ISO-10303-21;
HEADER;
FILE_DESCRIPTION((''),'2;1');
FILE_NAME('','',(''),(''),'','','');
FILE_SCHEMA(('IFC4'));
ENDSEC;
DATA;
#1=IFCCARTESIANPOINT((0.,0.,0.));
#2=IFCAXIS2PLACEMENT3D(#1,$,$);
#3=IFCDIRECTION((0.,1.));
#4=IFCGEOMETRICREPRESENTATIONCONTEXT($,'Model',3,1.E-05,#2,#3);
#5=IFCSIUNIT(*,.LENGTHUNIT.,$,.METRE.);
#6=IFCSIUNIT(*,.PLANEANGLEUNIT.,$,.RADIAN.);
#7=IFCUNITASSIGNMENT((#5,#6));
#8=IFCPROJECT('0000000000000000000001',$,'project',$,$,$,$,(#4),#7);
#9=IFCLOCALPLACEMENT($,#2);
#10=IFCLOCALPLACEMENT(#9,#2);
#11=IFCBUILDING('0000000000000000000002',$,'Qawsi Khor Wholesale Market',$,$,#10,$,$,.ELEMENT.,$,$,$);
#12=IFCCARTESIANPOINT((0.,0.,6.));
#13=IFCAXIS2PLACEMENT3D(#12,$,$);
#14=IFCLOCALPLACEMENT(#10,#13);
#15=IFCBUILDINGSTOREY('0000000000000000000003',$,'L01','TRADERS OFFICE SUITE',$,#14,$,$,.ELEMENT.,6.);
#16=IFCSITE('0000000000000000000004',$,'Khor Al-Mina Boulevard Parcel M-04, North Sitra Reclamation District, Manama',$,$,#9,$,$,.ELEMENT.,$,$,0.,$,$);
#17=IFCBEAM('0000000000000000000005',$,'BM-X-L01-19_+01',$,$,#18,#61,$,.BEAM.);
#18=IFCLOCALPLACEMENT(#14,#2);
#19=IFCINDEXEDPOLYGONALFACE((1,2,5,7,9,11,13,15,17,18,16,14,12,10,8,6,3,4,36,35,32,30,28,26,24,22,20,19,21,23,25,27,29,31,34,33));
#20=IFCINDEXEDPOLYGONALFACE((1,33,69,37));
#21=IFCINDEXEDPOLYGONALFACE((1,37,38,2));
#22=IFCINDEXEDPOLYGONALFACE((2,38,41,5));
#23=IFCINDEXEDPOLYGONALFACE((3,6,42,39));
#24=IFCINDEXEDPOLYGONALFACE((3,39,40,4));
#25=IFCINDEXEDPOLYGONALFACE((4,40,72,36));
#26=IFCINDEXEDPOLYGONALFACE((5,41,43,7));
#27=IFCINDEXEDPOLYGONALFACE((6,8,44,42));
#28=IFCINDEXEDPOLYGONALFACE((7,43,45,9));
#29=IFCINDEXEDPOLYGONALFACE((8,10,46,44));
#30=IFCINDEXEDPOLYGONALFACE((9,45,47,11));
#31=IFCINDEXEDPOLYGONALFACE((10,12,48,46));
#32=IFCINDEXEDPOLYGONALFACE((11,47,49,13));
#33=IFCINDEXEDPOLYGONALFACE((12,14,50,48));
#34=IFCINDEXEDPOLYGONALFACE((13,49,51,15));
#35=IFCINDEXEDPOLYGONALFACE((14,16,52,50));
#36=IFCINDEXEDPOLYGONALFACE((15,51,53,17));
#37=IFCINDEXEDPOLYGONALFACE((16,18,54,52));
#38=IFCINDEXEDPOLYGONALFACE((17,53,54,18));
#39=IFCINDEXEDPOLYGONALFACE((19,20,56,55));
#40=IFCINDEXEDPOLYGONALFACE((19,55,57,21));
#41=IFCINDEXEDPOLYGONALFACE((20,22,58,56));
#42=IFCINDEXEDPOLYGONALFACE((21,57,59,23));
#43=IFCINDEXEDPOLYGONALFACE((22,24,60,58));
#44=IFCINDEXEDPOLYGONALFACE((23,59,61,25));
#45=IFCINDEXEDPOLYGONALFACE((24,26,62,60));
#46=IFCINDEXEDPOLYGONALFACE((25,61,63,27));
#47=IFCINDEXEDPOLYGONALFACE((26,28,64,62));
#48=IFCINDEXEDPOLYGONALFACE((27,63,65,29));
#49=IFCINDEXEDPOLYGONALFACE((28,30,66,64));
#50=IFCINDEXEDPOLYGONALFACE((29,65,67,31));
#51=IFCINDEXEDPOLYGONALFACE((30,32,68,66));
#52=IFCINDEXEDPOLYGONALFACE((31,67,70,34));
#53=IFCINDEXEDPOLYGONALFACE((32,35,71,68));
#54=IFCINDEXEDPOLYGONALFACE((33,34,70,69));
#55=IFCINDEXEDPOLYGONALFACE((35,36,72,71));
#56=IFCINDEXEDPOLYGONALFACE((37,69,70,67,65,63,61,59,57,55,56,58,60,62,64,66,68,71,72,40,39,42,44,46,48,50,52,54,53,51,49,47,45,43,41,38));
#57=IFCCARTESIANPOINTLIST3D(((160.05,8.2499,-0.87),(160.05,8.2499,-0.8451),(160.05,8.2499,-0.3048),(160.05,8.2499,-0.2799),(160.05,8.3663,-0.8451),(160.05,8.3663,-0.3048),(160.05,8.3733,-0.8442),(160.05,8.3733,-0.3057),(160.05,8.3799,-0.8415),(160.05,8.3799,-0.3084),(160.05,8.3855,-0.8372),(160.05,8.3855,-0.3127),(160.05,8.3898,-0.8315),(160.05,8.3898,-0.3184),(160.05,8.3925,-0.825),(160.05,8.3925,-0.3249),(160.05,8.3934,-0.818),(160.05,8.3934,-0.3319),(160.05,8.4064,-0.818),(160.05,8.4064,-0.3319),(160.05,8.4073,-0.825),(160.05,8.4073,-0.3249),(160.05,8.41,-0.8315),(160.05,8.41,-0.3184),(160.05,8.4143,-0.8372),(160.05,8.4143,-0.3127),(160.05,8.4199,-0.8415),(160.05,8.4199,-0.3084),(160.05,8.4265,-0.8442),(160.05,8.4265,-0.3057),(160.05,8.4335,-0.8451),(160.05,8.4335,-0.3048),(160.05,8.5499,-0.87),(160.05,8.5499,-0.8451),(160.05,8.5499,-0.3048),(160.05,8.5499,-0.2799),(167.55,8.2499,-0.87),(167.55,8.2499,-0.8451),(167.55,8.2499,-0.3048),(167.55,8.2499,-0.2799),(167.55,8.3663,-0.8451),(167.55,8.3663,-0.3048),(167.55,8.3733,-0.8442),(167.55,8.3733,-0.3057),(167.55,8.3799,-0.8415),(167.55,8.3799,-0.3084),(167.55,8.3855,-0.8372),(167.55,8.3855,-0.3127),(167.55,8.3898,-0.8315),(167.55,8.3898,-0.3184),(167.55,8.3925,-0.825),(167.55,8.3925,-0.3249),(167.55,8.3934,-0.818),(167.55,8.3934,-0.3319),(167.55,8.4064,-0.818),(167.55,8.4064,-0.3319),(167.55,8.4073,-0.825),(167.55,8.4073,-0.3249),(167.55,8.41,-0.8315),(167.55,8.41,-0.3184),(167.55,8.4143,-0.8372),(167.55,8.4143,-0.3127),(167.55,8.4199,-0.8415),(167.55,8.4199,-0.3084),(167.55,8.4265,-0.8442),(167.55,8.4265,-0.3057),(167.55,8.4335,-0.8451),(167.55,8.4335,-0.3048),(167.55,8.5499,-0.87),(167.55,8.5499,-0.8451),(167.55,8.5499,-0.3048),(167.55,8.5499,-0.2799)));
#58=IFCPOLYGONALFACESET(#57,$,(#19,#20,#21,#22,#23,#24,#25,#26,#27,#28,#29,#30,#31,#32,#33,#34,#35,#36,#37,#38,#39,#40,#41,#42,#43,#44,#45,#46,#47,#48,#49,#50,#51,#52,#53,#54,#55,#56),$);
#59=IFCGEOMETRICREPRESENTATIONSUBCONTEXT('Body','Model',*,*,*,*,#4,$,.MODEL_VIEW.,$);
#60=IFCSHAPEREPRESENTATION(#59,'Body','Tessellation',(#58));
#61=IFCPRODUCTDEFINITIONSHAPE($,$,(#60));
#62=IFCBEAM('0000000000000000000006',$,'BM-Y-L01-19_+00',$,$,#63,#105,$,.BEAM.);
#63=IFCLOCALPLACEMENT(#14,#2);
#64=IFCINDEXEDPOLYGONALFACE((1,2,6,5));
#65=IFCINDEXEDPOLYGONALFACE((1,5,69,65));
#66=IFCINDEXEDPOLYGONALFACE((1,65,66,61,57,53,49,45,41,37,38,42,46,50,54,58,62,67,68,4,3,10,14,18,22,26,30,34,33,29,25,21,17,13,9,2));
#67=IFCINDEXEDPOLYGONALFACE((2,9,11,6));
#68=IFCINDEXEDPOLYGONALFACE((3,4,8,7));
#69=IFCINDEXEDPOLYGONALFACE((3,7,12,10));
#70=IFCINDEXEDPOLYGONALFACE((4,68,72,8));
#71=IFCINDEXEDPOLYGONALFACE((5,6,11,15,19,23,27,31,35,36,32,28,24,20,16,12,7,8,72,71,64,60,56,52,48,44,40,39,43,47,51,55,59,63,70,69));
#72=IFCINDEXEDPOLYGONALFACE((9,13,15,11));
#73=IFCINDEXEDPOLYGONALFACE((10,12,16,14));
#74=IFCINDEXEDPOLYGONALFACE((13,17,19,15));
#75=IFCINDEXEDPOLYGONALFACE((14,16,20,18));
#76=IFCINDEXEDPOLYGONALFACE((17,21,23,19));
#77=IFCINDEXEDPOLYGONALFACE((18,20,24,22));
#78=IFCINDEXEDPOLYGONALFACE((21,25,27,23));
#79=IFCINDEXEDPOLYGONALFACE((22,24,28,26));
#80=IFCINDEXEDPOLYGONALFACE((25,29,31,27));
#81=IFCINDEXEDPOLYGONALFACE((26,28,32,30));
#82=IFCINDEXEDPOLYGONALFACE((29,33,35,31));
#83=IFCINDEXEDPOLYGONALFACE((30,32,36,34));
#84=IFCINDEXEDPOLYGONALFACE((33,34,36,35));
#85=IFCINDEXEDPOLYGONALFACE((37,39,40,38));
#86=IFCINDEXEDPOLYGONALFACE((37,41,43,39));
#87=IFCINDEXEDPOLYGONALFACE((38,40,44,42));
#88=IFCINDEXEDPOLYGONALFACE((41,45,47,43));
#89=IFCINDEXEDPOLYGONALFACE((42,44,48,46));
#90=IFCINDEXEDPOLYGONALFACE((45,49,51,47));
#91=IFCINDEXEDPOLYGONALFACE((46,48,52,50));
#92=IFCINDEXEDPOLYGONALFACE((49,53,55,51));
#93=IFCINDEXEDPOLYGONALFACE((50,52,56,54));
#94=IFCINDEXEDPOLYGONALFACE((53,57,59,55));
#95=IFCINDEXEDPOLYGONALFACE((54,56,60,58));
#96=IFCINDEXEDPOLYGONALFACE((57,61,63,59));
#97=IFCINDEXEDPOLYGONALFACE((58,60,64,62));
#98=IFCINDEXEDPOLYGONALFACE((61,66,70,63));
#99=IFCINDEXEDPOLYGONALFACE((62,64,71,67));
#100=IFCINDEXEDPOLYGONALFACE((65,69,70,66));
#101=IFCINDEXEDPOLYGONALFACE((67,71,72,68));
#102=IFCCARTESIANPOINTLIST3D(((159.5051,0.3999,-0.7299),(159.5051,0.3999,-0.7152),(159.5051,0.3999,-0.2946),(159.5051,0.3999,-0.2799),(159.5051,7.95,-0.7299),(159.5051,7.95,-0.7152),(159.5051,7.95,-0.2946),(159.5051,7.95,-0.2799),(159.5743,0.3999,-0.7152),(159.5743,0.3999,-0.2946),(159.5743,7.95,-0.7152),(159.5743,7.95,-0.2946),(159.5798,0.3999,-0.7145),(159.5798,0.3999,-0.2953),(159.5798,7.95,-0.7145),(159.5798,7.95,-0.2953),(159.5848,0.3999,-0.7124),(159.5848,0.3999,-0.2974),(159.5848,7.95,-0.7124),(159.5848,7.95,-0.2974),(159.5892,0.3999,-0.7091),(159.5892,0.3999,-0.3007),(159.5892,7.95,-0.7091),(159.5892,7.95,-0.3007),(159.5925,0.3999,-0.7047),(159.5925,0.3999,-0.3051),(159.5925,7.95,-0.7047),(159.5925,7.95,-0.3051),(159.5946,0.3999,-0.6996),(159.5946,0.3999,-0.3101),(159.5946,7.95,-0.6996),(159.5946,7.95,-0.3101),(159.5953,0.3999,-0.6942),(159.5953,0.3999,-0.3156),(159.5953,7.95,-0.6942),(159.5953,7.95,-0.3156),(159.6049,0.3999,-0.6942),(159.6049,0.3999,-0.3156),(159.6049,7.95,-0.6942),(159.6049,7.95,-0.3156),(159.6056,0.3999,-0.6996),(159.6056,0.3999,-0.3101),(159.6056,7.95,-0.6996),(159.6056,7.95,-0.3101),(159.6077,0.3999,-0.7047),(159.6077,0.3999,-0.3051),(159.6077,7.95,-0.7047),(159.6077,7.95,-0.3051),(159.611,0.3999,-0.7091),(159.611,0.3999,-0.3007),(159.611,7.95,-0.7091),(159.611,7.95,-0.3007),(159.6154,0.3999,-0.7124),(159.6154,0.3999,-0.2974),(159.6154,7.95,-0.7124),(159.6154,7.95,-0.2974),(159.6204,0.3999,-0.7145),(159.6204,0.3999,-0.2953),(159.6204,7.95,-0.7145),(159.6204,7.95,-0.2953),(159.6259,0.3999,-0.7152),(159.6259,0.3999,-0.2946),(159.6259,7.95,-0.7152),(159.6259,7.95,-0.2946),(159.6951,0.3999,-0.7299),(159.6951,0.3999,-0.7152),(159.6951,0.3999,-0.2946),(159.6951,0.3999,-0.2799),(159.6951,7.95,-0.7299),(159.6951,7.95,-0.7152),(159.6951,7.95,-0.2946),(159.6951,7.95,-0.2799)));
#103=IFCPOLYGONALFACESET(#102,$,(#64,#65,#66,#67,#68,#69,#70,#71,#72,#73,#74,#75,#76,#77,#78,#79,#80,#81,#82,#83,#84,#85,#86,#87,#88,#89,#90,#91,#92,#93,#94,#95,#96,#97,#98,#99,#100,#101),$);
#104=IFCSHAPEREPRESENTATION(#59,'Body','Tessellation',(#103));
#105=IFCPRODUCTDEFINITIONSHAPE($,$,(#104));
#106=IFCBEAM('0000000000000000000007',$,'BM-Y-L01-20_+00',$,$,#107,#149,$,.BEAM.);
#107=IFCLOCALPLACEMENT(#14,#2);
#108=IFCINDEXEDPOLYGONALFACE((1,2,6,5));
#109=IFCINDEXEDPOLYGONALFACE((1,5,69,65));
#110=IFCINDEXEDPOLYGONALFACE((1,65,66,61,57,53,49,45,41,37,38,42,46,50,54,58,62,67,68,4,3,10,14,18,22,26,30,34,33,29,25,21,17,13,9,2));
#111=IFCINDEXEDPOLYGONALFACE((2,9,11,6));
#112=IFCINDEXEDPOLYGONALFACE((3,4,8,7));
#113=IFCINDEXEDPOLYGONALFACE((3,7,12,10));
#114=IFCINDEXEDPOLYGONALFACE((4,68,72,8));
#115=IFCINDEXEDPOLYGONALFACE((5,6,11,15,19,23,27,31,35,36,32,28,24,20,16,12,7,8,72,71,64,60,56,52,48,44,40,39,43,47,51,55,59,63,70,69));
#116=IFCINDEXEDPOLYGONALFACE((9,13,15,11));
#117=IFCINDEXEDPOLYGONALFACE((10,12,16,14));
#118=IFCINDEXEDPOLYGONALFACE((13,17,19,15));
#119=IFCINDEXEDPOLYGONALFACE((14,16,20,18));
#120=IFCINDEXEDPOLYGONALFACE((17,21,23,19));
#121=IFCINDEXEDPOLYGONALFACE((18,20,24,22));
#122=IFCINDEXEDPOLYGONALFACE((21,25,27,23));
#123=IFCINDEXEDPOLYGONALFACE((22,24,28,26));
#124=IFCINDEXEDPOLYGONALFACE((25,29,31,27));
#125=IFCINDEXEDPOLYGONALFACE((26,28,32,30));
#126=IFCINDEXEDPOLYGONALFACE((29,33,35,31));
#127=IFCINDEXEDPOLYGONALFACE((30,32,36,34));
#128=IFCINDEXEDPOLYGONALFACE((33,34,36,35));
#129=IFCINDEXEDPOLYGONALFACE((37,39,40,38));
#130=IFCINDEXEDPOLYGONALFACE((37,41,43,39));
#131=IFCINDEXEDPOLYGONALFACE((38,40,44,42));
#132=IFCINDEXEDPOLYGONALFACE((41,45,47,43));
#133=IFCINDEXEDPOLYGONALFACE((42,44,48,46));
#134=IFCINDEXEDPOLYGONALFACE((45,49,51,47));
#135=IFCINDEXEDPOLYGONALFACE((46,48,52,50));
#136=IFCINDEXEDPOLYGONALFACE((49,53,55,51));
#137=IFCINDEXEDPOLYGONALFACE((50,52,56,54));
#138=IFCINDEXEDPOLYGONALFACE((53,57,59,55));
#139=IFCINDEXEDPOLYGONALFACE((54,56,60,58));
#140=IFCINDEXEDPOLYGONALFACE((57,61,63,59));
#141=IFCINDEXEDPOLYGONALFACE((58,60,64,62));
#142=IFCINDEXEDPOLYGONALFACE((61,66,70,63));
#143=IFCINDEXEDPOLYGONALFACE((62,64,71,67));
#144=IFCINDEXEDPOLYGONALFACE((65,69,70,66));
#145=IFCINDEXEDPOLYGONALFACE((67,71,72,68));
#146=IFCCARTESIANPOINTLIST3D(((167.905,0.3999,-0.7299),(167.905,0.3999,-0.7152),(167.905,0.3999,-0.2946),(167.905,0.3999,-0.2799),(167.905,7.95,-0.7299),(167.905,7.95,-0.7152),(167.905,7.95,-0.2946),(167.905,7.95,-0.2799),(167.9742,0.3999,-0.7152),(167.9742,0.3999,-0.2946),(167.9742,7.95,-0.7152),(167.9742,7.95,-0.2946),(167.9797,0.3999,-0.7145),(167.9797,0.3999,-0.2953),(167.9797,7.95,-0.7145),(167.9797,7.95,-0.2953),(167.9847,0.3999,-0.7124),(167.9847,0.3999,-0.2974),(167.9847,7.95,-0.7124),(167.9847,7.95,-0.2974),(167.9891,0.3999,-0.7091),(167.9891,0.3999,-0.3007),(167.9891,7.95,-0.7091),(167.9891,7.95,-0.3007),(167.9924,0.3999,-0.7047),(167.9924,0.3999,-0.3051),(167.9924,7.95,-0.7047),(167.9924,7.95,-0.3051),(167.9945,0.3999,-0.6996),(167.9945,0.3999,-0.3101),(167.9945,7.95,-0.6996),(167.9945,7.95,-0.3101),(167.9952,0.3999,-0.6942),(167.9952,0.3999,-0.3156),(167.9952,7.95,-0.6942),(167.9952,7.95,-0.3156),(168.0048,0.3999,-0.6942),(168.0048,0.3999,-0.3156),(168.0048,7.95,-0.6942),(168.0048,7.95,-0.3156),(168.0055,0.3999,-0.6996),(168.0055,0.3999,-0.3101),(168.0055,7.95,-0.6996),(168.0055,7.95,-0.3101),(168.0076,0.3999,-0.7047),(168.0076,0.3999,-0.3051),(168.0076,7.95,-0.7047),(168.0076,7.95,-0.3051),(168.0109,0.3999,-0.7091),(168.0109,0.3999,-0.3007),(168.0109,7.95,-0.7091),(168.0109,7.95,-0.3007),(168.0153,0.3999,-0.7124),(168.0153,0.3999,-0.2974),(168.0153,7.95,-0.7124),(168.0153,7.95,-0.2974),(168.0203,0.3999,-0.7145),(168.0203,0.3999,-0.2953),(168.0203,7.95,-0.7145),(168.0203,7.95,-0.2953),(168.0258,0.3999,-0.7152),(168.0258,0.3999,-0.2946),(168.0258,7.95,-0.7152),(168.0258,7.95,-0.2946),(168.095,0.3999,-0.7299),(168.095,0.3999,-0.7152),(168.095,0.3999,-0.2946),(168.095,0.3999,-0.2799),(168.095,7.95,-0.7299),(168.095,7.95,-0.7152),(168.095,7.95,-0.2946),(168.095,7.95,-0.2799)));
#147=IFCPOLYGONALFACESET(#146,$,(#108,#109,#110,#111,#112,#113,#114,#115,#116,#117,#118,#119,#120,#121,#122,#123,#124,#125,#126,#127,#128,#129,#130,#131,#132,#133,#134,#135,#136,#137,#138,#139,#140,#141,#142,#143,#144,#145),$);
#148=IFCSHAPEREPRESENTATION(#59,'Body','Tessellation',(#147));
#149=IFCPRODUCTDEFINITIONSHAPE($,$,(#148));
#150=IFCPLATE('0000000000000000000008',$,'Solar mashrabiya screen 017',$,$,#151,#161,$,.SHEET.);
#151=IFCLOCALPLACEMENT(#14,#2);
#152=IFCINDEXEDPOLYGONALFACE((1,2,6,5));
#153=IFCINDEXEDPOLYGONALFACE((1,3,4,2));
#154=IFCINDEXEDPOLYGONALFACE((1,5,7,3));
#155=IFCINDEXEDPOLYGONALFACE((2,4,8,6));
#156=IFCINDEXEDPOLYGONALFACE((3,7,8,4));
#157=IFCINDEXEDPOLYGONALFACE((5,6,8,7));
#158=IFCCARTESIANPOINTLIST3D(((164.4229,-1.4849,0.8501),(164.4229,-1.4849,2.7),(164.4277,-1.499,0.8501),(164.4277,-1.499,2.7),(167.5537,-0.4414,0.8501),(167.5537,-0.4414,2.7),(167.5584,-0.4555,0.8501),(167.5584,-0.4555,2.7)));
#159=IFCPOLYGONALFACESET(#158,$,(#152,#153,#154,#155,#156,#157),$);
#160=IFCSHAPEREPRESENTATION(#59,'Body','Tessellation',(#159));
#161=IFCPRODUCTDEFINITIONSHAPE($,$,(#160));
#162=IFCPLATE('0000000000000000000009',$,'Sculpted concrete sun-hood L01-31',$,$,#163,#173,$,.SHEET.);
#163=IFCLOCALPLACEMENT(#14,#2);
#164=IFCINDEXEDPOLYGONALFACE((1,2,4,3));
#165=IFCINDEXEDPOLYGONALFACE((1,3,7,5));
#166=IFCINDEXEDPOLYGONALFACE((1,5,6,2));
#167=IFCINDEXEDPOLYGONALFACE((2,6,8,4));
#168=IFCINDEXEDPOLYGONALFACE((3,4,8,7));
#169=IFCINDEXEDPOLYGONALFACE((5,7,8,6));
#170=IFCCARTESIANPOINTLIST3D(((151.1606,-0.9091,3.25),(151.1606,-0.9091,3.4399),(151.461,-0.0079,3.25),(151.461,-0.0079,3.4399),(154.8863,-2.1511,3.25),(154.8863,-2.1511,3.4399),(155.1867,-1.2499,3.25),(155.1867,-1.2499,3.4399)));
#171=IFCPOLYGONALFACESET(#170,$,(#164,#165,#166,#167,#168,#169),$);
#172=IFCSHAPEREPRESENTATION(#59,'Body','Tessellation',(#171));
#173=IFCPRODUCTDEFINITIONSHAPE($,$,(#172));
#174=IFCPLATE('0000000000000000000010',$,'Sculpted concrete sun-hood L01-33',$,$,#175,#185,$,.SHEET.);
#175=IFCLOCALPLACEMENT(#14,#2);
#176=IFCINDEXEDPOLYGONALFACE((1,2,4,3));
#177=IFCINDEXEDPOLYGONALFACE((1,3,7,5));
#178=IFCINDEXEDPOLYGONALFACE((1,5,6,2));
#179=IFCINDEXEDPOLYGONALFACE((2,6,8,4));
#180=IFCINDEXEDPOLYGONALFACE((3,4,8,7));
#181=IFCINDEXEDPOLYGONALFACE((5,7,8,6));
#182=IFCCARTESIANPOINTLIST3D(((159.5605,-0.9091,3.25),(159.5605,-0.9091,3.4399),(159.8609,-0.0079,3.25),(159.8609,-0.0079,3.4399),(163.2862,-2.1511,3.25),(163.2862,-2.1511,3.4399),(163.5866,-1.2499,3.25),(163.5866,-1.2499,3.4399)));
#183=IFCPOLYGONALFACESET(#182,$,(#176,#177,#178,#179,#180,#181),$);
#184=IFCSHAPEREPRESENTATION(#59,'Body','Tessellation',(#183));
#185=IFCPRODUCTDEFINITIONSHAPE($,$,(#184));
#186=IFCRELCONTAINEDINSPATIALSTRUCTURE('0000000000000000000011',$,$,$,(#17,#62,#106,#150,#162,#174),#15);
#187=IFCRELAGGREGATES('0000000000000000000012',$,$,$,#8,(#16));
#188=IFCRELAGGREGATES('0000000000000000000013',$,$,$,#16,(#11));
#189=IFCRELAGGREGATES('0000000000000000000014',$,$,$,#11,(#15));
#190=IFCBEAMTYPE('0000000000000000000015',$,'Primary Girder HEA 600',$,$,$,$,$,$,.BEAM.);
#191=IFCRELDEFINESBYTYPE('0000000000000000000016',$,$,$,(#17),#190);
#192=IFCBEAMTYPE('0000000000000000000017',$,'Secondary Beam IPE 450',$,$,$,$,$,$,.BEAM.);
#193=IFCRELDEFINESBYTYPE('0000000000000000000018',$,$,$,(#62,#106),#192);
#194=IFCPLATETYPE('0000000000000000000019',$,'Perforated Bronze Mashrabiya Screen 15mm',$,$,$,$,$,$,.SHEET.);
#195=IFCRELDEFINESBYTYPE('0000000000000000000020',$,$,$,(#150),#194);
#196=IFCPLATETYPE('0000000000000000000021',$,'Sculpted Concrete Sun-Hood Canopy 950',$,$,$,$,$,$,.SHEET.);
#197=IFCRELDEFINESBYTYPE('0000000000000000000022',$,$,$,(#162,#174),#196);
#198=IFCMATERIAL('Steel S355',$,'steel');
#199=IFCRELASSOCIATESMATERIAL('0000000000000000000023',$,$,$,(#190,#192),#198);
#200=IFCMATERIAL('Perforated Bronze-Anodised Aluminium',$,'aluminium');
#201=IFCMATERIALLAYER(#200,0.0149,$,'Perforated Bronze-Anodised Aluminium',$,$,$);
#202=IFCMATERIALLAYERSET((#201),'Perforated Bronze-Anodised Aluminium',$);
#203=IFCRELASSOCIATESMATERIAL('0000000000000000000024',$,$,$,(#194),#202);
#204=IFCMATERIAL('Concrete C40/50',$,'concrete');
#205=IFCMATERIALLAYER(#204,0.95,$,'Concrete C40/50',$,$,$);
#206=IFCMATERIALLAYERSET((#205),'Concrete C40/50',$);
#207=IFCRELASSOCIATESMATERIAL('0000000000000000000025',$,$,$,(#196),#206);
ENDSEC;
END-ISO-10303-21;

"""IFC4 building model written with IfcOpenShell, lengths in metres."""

from ifc_helpers import new_model, si_unit, direction, frame, frame_2d, origin, origin_2d, place, context, subcontext, project, spatial, rectangle, i_section, extrude, material, layer, layer_set, material_profile, profile_set, type_object, element, save


model = new_model("IFC4")

# Units and contexts
model_context = context("Model", 3, precision=1e-05, world=origin(), true_north=direction((0.0, 1.0)))
body_context = subcontext(model_context, "Body", "Model", "MODEL_VIEW")
ifc_project = project(units=[si_unit("LENGTHUNIT", "METRE"), si_unit("PLANEANGLEUNIT", "RADIAN")], contexts=[model_context])

# Site, building, storey
site_placement = place(None, origin())
site = spatial("IfcSite", under=ifc_project, at=site_placement, Name="Khor Al-Mina Boulevard Parcel M-04, North Sitra Reclamation District, Manama", CompositionType="ELEMENT", RefElevation=0.0)
building_placement = place(site_placement, origin())
building = spatial("IfcBuilding", under=site, at=building_placement, Name="Qawsi Khor Wholesale Market", CompositionType="ELEMENT")
storey_placement = place(building_placement, frame((0.0, 0.0, 6.0)))
storey = spatial("IfcBuildingStorey", under=building, at=storey_placement, Name="L01", Description="TRADERS OFFICE SUITE", CompositionType="ELEMENT", Elevation=6.0)

# Shared definitions
ifc_material_1 = material(Name="Concrete C40/50", Category="concrete")

# Beams
ifc_material_2 = material(Name="Steel S355", Category="steel")
ifc_material_profile_1 = material_profile(ifc_material_2, i_section(OverallWidth=0.3, OverallDepth=0.5901, WebThickness=0.0129, FlangeThickness=0.0249, FilletRadius=0.0271, at=origin_2d()), Name="HEA 600")
ifc_profile_set_1 = profile_set([ifc_material_profile_1], Name="Steel S355")
beam_type_1 = type_object("IfcBeamType", Name="Primary Girder HEA 600", PredefinedType="BEAM", material=ifc_profile_set_1)
for number, where, z_axis, x_axis, name in (
    (1, (160.05, 8.3999, -0.575), (1.0, 0.0, 0.0), (0.0, 1.0, 0.0), "BM-X-L01-19_+01"),
):
    element("IfcBeam", number, at=place(storey_placement, frame(where, z_axis=z_axis, x_axis=x_axis)), inside=storey, type_object=beam_type_1, Name=name, PredefinedType="BEAM", context=body_context, shape_type="SweptSolid", body=[
        extrude(i_section(OverallWidth=0.3, OverallDepth=0.5901, WebThickness=0.0129, FlangeThickness=0.0249, FilletRadius=0.0271, at=origin_2d()), origin(), (0.0, 0.0, 1.0), 7.5),
    ])
ifc_material_profile_2 = material_profile(ifc_material_2, i_section(OverallWidth=0.1899, OverallDepth=0.45, WebThickness=0.0095, FlangeThickness=0.0146, FilletRadius=0.021, at=origin_2d()), Name="IPE 450")
ifc_profile_set_2 = profile_set([ifc_material_profile_2], Name="Steel S355")
beam_type_2 = type_object("IfcBeamType", Name="Secondary Beam IPE 450", PredefinedType="BEAM", material=ifc_profile_set_2)
for number, where, z_axis, x_axis, name in (
    (2, (159.6001, 0.3999, -0.5049), (0.0, 1.0, 0.0), (-1.0, 0.0, 0.0), "BM-Y-L01-19_+00"),
    (3, (168.0, 0.3999, -0.5049), (0.0, 1.0, 0.0), (-1.0, 0.0, 0.0), "BM-Y-L01-20_+00"),
):
    element("IfcBeam", number, at=place(storey_placement, frame(where, z_axis=z_axis, x_axis=x_axis)), inside=storey, type_object=beam_type_2, Name=name, PredefinedType="BEAM", context=body_context, shape_type="SweptSolid", body=[
        extrude(i_section(OverallWidth=0.1899, OverallDepth=0.45, WebThickness=0.0095, FlangeThickness=0.0146, FilletRadius=0.021, at=origin_2d()), origin(), (0.0, 0.0, 1.0), 7.55),
    ])

# Plates
ifc_material_3 = material(Name="Perforated Bronze-Anodised Aluminium", Category="aluminium")
ifc_layer_1 = layer(ifc_material_3, 0.0149, Name="Perforated Bronze-Anodised Aluminium")
ifc_layer_set_1 = layer_set([ifc_layer_1], Name="Perforated Bronze-Anodised Aluminium")
plate_type_1 = type_object("IfcPlateType", Name="Perforated Bronze Mashrabiya Screen 15mm", PredefinedType="SHEET", material=ifc_layer_set_1)
plate_placement = place(storey_placement, frame((167.5559, -0.4485, 0.8501), z_axis=(0.0, 0.0, 1.0), x_axis=(-0.948691, -0.316206, 0.0)))
element("IfcPlate", 4, at=plate_placement, inside=storey, type_object=plate_type_1, Name="Solar mashrabiya screen 017", PredefinedType="SHEET", context=body_context, shape_type="SweptSolid", body=[
    extrude(rectangle(XDim=3.3, YDim=0.0149, at=frame_2d((1.6499, 0.0))), origin(), (0.0, 0.0, 1.0), 1.8499),
])
ifc_layer_2 = layer(ifc_material_1, 0.95, Name="Concrete C40/50")
ifc_layer_set_2 = layer_set([ifc_layer_2], Name="Concrete C40/50")
plate_type_2 = type_object("IfcPlateType", Name="Sculpted Concrete Sun-Hood Canopy 950", PredefinedType="SHEET", material=ifc_layer_set_2)
for number, where, z_axis, x_axis, name in (
    (5, (151.3108, -0.4585, 3.25), (0.0, 0.0, 1.0), (0.948677, -0.316246, 0.0), "Sculpted concrete sun-hood L01-31"),
    (6, (159.7107, -0.4585, 3.25), (0.0, 0.0, 1.0), (0.948677, -0.316246, 0.0), "Sculpted concrete sun-hood L01-33"),
):
    element("IfcPlate", number, at=place(storey_placement, frame(where, z_axis=z_axis, x_axis=x_axis)), inside=storey, type_object=plate_type_2, Name=name, PredefinedType="SHEET", context=body_context, shape_type="SweptSolid", body=[
        extrude(rectangle(XDim=3.9272, YDim=0.95, at=frame_2d((1.9636, 0.0))), origin(), (0.0, 0.0, 1.0), 0.1899),
    ])

save(model, "model.ifc")
